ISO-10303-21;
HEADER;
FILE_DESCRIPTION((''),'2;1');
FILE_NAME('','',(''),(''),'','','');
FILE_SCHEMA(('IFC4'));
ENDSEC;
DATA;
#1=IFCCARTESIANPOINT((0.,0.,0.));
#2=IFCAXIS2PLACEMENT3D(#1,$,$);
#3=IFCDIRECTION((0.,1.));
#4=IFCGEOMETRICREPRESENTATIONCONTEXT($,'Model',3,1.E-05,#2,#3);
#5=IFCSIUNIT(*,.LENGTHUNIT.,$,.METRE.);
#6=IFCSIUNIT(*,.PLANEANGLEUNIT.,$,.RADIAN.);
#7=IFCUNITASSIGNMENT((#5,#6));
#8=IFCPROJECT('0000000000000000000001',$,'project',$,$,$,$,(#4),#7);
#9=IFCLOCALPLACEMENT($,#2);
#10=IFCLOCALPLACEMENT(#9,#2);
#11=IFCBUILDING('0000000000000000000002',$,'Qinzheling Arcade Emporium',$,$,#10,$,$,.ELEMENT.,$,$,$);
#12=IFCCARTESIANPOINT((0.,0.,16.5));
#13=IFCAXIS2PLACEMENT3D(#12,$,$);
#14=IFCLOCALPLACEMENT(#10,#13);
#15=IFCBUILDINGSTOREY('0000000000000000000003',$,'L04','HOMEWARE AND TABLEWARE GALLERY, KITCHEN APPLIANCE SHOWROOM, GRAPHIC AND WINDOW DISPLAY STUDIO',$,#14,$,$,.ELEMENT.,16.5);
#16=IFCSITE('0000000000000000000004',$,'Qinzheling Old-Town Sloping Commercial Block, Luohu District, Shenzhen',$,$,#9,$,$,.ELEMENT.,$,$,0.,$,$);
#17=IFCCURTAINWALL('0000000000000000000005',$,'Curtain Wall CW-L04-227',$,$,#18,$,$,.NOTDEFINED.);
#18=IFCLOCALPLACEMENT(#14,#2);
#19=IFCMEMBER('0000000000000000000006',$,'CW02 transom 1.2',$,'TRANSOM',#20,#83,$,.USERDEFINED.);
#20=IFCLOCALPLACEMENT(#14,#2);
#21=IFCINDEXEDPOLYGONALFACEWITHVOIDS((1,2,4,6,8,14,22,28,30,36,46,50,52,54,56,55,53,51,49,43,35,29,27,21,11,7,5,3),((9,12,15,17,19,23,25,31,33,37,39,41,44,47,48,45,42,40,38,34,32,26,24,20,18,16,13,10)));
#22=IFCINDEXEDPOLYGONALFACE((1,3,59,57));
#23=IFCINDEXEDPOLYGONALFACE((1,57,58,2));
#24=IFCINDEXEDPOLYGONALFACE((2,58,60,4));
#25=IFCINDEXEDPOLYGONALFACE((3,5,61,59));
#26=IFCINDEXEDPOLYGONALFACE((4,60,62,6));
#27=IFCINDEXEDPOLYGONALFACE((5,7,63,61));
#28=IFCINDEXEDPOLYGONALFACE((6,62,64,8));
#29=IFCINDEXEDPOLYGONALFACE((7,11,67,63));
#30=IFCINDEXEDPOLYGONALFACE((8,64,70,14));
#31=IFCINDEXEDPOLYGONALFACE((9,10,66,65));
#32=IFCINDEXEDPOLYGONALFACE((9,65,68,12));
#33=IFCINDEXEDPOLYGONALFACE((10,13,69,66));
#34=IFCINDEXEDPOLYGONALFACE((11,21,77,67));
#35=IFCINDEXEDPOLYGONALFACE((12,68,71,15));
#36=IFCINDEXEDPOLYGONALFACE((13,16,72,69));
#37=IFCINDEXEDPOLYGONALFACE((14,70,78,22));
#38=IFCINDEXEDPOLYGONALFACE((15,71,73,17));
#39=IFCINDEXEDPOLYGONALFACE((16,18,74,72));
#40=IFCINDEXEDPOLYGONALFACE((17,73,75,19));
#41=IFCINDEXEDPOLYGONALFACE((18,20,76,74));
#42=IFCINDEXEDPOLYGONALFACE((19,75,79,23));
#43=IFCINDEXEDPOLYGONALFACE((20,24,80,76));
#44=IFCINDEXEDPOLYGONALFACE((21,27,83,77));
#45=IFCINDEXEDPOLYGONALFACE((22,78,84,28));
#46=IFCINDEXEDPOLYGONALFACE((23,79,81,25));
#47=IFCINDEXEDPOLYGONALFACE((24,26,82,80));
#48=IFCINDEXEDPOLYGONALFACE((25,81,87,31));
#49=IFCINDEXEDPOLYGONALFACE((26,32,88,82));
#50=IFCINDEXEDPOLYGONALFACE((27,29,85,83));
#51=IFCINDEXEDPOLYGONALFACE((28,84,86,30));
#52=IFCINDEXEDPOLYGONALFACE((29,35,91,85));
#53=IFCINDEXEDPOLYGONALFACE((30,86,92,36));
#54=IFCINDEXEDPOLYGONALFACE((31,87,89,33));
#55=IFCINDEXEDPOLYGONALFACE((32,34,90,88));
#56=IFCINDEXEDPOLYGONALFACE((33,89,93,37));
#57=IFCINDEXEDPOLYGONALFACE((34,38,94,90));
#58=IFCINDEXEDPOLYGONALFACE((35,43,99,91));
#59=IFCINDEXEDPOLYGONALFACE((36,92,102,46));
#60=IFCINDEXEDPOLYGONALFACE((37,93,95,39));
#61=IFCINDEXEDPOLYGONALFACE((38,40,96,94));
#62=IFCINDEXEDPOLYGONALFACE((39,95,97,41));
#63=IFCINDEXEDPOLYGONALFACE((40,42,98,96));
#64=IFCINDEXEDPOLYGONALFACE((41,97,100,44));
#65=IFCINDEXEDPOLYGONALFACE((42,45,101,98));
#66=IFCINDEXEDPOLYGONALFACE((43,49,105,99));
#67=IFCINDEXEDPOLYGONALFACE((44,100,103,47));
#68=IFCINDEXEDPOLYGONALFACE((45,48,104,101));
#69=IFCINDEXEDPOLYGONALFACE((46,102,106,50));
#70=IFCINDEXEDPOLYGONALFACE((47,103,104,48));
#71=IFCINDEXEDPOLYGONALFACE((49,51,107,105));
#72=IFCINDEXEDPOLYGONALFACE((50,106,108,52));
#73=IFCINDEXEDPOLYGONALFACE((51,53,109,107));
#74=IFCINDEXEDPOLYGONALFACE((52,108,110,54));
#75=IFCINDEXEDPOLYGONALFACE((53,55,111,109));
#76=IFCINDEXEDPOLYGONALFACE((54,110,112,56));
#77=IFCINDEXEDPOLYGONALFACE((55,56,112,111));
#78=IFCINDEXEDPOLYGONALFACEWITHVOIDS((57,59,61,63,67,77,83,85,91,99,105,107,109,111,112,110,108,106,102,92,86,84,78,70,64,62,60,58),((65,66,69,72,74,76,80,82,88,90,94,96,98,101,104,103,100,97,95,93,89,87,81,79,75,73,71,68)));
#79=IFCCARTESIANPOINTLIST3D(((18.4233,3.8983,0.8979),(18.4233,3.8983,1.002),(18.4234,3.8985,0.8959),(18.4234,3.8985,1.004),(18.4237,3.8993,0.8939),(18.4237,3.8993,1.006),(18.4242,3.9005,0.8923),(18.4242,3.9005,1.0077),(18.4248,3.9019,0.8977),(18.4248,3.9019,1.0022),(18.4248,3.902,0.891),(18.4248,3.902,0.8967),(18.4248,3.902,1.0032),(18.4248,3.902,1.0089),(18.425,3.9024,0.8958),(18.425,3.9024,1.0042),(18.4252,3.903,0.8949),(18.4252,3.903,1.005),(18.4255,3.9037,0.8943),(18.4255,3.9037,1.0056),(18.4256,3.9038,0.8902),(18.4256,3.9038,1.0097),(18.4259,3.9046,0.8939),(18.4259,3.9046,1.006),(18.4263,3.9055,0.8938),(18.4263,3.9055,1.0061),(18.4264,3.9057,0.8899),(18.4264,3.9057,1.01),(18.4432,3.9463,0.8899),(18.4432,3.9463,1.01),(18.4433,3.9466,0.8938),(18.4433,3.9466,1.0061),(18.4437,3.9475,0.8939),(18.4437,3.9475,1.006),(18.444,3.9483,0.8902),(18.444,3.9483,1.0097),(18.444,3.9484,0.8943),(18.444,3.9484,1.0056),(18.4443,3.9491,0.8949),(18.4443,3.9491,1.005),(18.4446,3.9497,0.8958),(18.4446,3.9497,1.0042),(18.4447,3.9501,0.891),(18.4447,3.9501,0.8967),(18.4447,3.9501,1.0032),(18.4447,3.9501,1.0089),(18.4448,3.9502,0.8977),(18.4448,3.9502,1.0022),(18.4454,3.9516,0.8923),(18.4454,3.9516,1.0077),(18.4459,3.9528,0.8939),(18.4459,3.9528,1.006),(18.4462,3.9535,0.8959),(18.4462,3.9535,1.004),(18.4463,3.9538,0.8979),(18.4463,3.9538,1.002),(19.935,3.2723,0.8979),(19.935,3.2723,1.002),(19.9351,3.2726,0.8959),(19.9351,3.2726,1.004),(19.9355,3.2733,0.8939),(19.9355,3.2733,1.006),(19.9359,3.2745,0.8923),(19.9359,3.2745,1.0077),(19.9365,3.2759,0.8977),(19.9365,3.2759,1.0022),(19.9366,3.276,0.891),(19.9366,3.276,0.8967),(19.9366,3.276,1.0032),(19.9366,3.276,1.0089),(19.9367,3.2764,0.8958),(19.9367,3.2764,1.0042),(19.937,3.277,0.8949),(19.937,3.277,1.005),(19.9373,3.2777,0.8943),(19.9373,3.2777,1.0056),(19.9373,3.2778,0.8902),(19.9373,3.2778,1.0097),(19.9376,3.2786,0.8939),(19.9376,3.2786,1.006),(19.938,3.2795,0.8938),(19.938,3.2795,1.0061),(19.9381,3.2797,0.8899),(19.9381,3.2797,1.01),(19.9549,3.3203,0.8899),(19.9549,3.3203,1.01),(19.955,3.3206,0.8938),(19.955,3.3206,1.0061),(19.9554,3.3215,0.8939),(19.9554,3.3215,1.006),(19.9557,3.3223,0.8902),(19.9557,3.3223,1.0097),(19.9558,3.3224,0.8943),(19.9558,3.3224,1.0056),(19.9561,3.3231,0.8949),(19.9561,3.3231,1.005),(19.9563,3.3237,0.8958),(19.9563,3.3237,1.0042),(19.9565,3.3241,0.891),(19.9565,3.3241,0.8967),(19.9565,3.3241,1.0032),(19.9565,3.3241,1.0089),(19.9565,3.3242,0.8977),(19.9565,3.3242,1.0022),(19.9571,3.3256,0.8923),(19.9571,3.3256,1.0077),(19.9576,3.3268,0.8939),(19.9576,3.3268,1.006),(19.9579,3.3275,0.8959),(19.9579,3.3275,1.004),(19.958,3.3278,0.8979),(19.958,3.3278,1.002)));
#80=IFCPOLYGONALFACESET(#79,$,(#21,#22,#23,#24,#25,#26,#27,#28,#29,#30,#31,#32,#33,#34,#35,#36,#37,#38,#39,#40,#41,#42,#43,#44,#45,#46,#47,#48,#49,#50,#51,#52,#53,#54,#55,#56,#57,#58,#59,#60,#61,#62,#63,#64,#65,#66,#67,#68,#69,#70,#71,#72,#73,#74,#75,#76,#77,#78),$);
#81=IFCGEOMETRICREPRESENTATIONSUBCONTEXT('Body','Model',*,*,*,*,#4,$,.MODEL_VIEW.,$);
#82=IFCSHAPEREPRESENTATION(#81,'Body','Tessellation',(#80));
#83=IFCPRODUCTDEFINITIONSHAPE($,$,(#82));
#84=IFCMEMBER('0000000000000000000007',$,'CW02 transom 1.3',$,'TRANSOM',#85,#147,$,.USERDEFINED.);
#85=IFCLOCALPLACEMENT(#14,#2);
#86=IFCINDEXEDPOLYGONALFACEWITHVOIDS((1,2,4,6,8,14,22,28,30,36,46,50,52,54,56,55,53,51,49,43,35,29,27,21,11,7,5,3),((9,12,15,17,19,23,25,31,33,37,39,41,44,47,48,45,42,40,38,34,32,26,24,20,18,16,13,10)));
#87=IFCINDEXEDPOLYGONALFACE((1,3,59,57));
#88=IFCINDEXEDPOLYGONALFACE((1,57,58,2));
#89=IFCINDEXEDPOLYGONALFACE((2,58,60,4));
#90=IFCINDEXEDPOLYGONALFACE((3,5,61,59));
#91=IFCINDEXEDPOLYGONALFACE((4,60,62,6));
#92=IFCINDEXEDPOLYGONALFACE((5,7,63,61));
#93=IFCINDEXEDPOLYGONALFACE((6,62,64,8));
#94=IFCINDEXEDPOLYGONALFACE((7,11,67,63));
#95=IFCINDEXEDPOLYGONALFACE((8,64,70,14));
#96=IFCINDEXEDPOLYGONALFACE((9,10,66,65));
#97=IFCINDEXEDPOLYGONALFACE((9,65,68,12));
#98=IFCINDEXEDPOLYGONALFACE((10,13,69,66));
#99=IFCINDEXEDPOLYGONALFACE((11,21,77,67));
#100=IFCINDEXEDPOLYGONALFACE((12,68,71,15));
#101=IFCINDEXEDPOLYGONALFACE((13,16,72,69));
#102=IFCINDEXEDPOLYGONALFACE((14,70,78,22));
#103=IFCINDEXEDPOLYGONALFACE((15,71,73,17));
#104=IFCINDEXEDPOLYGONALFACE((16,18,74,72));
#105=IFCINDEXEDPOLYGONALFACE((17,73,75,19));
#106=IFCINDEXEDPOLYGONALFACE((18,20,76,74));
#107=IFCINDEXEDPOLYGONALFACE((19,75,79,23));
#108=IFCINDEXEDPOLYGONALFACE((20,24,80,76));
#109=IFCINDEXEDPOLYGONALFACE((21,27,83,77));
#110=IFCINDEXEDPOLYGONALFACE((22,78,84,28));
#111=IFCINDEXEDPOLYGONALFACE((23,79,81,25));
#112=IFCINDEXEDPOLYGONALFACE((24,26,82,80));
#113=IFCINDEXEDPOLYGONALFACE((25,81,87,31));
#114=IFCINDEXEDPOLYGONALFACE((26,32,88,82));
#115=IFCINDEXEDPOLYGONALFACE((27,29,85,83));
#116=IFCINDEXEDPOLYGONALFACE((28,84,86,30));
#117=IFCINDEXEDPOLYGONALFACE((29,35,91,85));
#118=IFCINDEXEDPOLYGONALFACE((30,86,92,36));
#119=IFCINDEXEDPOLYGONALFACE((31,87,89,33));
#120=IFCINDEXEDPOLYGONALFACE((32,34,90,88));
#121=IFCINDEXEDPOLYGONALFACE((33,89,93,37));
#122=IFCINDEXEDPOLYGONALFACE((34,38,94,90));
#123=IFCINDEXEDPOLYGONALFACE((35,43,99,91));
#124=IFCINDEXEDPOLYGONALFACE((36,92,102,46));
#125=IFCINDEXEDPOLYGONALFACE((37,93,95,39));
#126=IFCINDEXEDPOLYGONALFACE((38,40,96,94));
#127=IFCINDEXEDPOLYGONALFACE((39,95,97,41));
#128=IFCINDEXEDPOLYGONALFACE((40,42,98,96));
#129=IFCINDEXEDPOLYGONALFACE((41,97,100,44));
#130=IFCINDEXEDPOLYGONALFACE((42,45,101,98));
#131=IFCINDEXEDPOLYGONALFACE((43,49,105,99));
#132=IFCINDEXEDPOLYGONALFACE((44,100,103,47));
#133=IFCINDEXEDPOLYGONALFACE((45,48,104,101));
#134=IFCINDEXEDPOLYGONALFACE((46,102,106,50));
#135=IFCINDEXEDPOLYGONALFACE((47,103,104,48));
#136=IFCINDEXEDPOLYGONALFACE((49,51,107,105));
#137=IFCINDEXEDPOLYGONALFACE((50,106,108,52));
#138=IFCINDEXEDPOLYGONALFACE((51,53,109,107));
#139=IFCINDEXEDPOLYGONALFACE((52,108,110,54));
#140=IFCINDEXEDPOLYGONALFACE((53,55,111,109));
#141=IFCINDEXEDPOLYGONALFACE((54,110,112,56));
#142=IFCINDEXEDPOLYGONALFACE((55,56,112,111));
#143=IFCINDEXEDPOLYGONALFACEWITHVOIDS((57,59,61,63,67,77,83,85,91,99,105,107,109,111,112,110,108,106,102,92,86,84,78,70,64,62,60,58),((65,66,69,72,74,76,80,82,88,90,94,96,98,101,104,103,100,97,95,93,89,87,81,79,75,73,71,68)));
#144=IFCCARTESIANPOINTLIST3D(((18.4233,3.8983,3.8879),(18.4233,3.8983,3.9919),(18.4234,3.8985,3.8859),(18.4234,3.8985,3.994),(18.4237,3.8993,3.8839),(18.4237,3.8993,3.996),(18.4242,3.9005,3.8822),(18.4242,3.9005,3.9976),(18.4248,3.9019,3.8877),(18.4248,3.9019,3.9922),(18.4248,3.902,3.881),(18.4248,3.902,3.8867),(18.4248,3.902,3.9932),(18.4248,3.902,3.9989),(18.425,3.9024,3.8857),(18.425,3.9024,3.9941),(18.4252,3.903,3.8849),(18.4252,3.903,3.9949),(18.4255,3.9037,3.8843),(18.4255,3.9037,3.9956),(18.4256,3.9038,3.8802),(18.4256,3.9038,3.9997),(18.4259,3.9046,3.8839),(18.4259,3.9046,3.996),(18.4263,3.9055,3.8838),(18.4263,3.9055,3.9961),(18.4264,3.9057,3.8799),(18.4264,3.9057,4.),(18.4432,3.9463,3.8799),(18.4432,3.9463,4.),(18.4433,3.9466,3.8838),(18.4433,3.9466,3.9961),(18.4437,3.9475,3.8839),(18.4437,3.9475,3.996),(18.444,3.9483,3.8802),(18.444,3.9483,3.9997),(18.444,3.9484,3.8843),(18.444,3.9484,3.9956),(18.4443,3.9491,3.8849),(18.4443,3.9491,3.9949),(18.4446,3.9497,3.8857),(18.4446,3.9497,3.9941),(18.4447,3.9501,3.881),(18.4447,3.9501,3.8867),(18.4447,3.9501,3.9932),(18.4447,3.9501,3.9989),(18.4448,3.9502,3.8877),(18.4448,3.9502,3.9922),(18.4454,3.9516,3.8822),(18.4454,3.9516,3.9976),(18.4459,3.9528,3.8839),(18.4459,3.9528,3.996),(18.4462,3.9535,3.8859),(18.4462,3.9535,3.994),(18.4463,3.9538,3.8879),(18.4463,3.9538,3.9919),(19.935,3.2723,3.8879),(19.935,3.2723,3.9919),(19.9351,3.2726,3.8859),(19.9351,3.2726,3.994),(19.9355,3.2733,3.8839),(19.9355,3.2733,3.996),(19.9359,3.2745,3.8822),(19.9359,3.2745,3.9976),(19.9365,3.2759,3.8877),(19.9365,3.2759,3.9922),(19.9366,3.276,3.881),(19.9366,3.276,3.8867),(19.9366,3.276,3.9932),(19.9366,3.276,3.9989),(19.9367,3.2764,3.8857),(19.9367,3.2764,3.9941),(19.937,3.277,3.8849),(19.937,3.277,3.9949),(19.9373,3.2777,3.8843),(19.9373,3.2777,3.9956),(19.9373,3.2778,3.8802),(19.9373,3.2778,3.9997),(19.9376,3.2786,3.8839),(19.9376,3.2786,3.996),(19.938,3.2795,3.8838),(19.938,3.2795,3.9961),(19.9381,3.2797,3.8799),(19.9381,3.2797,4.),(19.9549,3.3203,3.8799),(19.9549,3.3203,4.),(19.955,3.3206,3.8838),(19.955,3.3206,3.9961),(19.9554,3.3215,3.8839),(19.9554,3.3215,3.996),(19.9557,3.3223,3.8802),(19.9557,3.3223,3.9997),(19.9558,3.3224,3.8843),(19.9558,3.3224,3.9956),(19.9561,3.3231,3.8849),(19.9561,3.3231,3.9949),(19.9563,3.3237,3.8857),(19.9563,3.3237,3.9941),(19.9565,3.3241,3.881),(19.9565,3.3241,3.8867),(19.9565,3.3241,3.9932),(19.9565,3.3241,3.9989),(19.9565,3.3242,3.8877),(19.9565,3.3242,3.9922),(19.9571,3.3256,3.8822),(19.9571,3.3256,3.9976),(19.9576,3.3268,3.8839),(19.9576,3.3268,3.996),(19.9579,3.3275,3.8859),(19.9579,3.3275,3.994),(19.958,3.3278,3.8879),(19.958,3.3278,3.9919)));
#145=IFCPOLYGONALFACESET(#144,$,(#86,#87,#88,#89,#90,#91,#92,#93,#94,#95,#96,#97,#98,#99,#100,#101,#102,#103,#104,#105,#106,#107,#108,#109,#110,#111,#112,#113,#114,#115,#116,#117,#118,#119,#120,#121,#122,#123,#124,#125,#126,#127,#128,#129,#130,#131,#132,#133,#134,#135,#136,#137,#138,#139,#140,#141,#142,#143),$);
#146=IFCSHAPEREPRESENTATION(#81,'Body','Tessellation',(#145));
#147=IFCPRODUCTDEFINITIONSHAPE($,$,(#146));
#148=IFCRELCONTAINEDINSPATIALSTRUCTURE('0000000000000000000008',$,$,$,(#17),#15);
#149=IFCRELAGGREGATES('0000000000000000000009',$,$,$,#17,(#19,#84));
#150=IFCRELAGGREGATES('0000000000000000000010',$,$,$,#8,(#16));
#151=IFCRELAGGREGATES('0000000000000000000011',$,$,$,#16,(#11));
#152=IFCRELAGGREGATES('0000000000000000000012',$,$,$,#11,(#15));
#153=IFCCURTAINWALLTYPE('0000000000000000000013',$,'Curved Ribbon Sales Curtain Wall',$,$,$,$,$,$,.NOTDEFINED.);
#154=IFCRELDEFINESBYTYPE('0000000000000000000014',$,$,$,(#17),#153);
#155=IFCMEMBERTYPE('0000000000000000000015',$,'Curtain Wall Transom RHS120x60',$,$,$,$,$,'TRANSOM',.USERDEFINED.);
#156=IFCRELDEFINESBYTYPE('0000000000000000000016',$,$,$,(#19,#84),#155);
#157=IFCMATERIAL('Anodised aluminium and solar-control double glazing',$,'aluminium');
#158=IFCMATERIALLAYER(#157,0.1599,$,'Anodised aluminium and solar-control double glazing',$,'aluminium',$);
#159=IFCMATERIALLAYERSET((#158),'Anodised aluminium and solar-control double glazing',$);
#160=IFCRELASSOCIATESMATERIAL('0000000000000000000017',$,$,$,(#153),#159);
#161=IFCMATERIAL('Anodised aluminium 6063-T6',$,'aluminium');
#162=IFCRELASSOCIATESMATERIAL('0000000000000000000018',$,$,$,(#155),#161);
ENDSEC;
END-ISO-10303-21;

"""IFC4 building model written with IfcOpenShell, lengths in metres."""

from ifc_helpers import new_model, si_unit, direction, frame, origin, origin_2d, place, context, subcontext, project, spatial, hollow_rectangle, extrude, material, layer, layer_set, material_profile, profile_set, type_object, element, aggregate, save


model = new_model("IFC4")

# Units and contexts
model_context = context("Model", 3, precision=1e-05, world=origin(), true_north=direction((0.0, 1.0)))
body_context = subcontext(model_context, "Body", "Model", "MODEL_VIEW")
ifc_project = project(units=[si_unit("LENGTHUNIT", "METRE"), si_unit("PLANEANGLEUNIT", "RADIAN")], contexts=[model_context])

# Site, building, storey
site_placement = place(None, origin())
site = spatial("IfcSite", under=ifc_project, at=site_placement, Name="Qinzheling Old-Town Sloping Commercial Block, Luohu District, Shenzhen", CompositionType="ELEMENT", RefElevation=0.0)
building_placement = place(site_placement, origin())
building = spatial("IfcBuilding", under=site, at=building_placement, Name="Qinzheling Arcade Emporium", CompositionType="ELEMENT")
storey_placement = place(building_placement, frame((0.0, 0.0, 16.5)))
storey = spatial("IfcBuildingStorey", under=building, at=storey_placement, Name="L04", Description="HOMEWARE AND TABLEWARE GALLERY, KITCHEN APPLIANCE SHOWROOM, GRAPHIC AND WINDOW DISPLAY STUDIO", CompositionType="ELEMENT", Elevation=16.5)

# Curtain wall
ifc_material_1 = material(Name="Anodised aluminium and solar-control double glazing", Category="aluminium")
ifc_layer_1 = layer(ifc_material_1, 0.1599, Name="Anodised aluminium and solar-control double glazing", Category="aluminium")
ifc_layer_set_1 = layer_set([ifc_layer_1], Name="Anodised aluminium and solar-control double glazing")
curtain_wall_type = type_object("IfcCurtainWallType", Name="Curved Ribbon Sales Curtain Wall", PredefinedType="NOTDEFINED", material=ifc_layer_set_1)
ifc_material_2 = material(Name="Anodised aluminium 6063-T6", Category="aluminium")
curtain_wall_1_placement = place(storey_placement, origin())
curtain_wall_1 = element("IfcCurtainWall", 1, at=curtain_wall_1_placement, inside=storey, type_object=curtain_wall_type, Name="Curtain Wall CW-L04-227", PredefinedType="NOTDEFINED")

# Members
ifc_material_profile_1 = material_profile(ifc_material_2, hollow_rectangle(XDim=0.0601, YDim=0.1201, WallThickness=0.0039, InnerFilletRadius=0.0039, OuterFilletRadius=0.0081, at=origin_2d()), Name="RHS 120x60x4", Category="aluminium")
ifc_profile_set_1 = profile_set([ifc_material_profile_1], Name="Anodised aluminium 6063-T6")
member_type_1 = type_object("IfcMemberType", Name="Curtain Wall Transom RHS120x60", ElementType="TRANSOM", PredefinedType="USERDEFINED", material=ifc_profile_set_1)
member_1_placement = place(storey_placement, frame((19.9465, 3.3, 0.95), z_axis=(-0.923922, 0.38258, 0.0), x_axis=(-0.38258, -0.923922, 0.0)))
member_1 = element("IfcMember", 2, at=member_1_placement, type_object=member_type_1, Name="CW02 transom 1.2", ObjectType="TRANSOM", PredefinedType="USERDEFINED", context=body_context, shape_type="SweptSolid", body=[
    extrude(hollow_rectangle(XDim=0.0601, YDim=0.1201, WallThickness=0.0039, InnerFilletRadius=0.0039, OuterFilletRadius=0.0081, at=origin_2d()), origin(), (0.0, 0.0, 1.0), 1.6362),
])
member_2_placement = place(storey_placement, frame((19.9465, 3.3, 3.9399), z_axis=(-0.923922, 0.38258, 0.0), x_axis=(-0.38258, -0.923922, 0.0)))
member_2 = element("IfcMember", 3, at=member_2_placement, type_object=member_type_1, Name="CW02 transom 1.3", ObjectType="TRANSOM", PredefinedType="USERDEFINED", context=body_context, shape_type="SweptSolid", body=[
    extrude(hollow_rectangle(XDim=0.0601, YDim=0.1201, WallThickness=0.0039, InnerFilletRadius=0.0039, OuterFilletRadius=0.0081, at=origin_2d()), origin(), (0.0, 0.0, 1.0), 1.6362),
])

aggregate(curtain_wall_1, [member_1, member_2])

save(model, "model.ifc")
